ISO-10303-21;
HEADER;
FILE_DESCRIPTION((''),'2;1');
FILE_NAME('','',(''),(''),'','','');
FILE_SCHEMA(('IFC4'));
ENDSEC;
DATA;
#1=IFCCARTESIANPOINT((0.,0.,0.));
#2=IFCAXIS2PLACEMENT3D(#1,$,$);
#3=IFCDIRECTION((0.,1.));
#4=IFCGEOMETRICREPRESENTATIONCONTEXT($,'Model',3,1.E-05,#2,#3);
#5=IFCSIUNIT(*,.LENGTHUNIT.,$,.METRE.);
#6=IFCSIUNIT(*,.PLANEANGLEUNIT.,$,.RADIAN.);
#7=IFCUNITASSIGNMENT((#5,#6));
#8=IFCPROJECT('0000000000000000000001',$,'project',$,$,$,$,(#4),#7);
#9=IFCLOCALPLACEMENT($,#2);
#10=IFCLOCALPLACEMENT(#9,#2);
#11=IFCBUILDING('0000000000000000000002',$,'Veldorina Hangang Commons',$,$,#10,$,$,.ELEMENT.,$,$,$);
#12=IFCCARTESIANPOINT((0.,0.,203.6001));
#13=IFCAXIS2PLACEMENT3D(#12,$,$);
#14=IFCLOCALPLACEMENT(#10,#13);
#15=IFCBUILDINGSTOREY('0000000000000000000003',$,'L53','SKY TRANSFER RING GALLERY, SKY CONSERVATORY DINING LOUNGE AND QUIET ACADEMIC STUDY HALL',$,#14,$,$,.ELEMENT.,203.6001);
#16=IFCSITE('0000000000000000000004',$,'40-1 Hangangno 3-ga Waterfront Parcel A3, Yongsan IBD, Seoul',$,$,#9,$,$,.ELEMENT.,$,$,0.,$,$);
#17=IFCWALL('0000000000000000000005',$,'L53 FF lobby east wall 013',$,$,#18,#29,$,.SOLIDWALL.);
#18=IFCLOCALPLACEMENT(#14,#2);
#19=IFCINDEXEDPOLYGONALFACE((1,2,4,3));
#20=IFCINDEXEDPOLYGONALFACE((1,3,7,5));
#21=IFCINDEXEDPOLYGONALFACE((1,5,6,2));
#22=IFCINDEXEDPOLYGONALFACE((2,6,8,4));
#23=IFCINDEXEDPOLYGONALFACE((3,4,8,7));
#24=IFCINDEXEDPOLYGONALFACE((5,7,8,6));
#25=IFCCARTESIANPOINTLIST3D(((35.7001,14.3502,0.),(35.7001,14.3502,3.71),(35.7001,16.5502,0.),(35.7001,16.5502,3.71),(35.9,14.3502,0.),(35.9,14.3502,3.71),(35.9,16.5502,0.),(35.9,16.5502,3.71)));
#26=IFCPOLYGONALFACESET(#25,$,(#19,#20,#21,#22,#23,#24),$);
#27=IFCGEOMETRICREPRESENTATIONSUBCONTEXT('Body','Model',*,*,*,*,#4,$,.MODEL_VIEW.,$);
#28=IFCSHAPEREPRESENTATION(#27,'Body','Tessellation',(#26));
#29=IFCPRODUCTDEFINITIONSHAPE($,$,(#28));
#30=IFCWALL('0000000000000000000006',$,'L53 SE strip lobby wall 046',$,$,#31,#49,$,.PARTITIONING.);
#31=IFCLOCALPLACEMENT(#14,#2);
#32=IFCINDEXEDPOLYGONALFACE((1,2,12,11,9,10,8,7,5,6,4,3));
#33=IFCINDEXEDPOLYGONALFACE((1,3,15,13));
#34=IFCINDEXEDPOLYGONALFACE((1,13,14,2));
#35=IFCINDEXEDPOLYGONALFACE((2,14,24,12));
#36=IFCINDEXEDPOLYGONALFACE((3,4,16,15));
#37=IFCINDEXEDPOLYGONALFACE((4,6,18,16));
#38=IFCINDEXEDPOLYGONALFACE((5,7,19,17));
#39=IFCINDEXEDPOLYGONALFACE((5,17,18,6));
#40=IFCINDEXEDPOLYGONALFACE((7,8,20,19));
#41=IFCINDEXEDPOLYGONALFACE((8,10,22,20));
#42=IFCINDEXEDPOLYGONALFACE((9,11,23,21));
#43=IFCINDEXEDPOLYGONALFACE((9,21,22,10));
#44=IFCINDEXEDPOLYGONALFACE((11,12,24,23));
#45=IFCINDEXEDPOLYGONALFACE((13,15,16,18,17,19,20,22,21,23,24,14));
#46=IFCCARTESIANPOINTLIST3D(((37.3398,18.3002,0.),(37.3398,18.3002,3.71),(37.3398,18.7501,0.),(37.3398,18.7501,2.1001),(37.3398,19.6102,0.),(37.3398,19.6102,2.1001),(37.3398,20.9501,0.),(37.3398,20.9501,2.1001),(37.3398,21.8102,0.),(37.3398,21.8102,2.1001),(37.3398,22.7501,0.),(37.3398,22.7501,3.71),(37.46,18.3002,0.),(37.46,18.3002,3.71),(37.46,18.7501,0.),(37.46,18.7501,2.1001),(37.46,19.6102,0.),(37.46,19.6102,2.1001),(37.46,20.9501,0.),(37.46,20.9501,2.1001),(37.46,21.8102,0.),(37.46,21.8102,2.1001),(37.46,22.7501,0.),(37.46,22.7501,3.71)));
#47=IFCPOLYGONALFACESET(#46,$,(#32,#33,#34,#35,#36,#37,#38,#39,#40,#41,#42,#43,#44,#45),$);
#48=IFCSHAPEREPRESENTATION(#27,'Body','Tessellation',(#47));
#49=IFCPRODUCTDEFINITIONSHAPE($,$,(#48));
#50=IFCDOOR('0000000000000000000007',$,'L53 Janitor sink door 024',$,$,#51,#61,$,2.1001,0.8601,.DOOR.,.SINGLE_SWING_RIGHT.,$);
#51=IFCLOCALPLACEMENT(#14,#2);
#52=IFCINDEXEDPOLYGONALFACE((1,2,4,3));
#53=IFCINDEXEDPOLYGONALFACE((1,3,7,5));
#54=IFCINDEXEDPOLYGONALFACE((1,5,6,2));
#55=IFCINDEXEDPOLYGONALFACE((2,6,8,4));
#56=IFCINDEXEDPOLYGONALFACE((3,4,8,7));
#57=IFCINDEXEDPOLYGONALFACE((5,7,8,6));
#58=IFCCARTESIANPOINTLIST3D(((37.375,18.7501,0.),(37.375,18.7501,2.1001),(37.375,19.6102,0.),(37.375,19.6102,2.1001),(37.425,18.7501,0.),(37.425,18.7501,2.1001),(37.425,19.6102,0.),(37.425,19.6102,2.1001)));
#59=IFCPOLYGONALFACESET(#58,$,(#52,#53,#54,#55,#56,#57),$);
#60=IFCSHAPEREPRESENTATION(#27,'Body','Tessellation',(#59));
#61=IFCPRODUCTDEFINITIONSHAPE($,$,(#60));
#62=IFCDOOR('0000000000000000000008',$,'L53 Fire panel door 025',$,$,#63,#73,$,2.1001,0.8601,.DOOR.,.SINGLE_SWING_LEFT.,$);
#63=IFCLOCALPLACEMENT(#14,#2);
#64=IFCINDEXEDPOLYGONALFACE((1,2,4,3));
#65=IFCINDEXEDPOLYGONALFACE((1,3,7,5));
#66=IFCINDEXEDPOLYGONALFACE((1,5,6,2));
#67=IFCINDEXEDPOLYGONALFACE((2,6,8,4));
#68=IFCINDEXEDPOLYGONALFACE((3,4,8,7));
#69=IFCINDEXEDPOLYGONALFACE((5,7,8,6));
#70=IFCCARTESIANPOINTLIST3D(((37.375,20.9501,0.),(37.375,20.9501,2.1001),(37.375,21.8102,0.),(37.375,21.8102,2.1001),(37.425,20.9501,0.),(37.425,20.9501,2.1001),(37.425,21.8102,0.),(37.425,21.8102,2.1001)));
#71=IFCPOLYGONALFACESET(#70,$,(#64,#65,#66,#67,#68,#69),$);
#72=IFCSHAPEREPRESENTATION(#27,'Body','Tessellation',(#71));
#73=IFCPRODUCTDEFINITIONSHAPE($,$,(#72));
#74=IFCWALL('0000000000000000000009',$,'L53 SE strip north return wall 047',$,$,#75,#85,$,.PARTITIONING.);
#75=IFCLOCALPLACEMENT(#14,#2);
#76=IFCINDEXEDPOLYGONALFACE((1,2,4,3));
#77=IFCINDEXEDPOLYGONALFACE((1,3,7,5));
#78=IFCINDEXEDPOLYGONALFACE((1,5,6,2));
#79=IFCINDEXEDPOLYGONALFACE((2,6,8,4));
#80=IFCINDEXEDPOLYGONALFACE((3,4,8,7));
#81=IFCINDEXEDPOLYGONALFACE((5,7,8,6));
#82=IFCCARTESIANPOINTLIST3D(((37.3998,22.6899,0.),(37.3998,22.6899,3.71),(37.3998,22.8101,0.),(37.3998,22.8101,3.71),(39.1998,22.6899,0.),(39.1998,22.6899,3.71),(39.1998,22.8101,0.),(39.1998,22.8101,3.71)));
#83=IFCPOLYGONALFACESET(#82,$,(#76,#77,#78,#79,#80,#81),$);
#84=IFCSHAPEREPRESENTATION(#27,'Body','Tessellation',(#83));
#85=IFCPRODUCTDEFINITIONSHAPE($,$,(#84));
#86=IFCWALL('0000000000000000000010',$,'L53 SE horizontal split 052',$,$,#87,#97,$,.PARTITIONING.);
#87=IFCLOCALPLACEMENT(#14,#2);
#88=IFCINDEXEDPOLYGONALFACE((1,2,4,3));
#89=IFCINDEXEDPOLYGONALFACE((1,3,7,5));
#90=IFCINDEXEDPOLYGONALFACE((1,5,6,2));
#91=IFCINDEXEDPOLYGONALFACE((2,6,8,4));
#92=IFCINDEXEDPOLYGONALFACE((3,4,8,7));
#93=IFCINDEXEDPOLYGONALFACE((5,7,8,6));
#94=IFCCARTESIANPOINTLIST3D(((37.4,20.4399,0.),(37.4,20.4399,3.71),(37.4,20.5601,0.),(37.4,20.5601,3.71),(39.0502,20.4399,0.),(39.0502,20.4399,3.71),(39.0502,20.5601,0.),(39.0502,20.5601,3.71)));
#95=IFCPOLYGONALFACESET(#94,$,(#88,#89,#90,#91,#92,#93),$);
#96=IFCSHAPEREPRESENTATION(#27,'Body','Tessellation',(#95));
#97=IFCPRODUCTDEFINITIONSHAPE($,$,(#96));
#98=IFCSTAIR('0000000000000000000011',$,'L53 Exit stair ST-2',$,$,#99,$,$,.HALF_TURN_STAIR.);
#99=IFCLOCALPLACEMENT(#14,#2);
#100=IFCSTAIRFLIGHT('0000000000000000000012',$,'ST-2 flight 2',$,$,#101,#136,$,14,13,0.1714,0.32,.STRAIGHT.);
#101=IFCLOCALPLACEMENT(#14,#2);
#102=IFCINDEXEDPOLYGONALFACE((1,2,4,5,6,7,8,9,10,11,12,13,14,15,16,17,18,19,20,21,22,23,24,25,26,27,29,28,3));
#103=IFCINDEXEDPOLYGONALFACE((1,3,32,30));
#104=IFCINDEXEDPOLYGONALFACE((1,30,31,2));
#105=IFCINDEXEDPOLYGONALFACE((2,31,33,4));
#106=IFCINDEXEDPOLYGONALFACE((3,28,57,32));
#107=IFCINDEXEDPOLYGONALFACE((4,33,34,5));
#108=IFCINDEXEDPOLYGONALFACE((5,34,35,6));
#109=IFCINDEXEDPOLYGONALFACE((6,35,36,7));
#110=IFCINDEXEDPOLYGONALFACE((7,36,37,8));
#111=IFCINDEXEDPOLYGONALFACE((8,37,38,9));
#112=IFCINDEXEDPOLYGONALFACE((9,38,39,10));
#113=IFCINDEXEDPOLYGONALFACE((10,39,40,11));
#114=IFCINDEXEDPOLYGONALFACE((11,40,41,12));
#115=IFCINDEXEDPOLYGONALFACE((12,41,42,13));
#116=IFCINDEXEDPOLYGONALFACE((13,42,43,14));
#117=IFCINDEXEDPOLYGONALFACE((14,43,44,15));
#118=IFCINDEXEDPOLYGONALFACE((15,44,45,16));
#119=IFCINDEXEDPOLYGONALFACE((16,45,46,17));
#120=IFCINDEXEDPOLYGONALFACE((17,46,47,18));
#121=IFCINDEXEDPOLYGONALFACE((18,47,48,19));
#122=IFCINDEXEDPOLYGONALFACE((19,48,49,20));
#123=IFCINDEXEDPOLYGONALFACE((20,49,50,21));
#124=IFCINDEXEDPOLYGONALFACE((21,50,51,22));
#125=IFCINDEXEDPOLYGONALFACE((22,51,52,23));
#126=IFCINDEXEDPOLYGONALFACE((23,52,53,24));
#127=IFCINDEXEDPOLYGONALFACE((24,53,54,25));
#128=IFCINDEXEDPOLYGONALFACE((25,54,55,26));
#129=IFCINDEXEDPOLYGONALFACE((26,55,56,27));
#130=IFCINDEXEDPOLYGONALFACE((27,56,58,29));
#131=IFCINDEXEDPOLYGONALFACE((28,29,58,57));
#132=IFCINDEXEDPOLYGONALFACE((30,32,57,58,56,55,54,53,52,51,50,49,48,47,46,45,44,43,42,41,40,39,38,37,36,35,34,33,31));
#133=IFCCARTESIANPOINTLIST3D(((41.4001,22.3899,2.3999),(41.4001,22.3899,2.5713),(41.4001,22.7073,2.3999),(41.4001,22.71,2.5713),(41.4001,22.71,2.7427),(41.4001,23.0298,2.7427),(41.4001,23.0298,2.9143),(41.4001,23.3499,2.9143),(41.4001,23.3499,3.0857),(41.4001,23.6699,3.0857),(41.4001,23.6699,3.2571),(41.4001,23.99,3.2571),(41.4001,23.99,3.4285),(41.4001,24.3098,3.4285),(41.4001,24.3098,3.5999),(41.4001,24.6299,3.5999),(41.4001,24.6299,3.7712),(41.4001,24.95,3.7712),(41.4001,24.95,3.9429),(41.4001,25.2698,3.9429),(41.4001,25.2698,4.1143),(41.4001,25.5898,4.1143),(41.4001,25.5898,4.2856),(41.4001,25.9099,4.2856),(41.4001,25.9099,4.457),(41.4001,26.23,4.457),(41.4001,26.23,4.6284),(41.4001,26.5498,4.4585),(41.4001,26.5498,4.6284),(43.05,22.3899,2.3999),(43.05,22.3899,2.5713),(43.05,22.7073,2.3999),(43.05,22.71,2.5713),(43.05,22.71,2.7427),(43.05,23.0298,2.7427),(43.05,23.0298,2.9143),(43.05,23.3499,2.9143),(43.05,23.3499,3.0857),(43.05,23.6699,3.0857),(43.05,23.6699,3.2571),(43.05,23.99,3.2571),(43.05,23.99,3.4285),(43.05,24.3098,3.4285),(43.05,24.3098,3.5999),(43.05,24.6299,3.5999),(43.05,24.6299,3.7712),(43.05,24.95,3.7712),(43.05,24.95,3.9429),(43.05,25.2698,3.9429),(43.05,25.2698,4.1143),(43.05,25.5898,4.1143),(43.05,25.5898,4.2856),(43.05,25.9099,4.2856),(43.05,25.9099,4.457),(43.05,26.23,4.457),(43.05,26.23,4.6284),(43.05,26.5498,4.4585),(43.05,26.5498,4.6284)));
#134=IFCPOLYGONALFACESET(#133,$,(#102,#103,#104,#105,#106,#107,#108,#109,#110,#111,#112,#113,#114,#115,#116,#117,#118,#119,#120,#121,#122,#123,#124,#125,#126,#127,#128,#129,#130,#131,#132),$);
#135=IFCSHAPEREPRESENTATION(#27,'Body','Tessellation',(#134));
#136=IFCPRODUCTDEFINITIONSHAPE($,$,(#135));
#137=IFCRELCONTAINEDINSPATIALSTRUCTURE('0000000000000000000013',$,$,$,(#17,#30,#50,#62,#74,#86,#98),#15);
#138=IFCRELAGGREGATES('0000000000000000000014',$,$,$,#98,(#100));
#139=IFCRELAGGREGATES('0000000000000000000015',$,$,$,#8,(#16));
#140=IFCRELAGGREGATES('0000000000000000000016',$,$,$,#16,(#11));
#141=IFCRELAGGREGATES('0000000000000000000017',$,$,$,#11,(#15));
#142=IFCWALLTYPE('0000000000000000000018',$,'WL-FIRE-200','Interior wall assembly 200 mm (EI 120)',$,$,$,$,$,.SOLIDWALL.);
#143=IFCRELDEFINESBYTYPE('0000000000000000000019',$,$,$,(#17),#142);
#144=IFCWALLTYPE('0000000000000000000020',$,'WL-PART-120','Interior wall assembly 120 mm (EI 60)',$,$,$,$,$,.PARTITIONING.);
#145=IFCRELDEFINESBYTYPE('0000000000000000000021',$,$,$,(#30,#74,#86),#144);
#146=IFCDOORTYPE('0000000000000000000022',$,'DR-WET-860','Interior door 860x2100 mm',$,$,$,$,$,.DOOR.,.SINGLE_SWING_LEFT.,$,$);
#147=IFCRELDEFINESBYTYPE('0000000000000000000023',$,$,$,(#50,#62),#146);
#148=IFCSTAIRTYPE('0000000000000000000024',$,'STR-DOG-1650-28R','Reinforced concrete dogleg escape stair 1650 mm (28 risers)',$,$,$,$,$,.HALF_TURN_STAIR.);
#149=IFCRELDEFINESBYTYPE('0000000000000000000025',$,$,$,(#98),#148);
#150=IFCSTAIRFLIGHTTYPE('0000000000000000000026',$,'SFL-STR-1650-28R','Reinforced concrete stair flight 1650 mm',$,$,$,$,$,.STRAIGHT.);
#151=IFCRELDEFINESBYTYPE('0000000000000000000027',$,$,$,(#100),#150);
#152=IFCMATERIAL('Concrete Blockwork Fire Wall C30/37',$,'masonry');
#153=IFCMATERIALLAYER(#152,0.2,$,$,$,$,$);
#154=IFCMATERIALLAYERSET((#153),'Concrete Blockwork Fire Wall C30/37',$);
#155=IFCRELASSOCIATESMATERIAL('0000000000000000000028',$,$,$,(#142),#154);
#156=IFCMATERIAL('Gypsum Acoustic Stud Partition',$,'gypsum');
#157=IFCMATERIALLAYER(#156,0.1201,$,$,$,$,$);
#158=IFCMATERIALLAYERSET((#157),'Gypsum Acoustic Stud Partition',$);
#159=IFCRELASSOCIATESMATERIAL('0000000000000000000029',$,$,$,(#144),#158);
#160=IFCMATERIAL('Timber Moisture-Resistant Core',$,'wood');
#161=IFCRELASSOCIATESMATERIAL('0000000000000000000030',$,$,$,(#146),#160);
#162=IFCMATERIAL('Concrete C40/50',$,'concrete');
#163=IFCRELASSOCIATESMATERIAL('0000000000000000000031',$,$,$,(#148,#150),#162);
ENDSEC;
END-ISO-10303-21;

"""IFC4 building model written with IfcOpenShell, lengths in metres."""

from ifc_helpers import new_model, si_unit, direction, frame, frame_2d, origin, place, context, subcontext, project, spatial, polyline, rectangle, outline, extrude, material, layer, layer_set, type_object, element, fill, aggregate, save


model = new_model("IFC4")

# Units and contexts
model_context = context("Model", 3, precision=1e-05, world=origin(), true_north=direction((0.0, 1.0)))
body_context = subcontext(model_context, "Body", "Model", "MODEL_VIEW")
ifc_project = project(units=[si_unit("LENGTHUNIT", "METRE"), si_unit("PLANEANGLEUNIT", "RADIAN")], contexts=[model_context])

# Site, building, storey
site_placement = place(None, origin())
site = spatial("IfcSite", under=ifc_project, at=site_placement, Name="40-1 Hangangno 3-ga Waterfront Parcel A3, Yongsan IBD, Seoul", CompositionType="ELEMENT", RefElevation=0.0)
building_placement = place(site_placement, origin())
building = spatial("IfcBuilding", under=site, at=building_placement, Name="Veldorina Hangang Commons", CompositionType="ELEMENT")
storey_placement = place(building_placement, frame((0.0, 0.0, 203.6001)))
storey = spatial("IfcBuildingStorey", under=building, at=storey_placement, Name="L53", Description="SKY TRANSFER RING GALLERY, SKY CONSERVATORY DINING LOUNGE AND QUIET ACADEMIC STUDY HALL", CompositionType="ELEMENT", Elevation=203.6001)

# Wall
ifc_material_1 = material(Name="Concrete Blockwork Fire Wall C30/37", Category="masonry")
ifc_layer_1 = layer(ifc_material_1, 0.2)
ifc_layer_set_1 = layer_set([ifc_layer_1], Name="Concrete Blockwork Fire Wall C30/37")
wall_type_1 = type_object("IfcWallType", Name="WL-FIRE-200", Description="Interior wall assembly 200 mm (EI 120)", PredefinedType="SOLIDWALL", material=ifc_layer_set_1)
wall_1_placement = place(storey_placement, frame((35.8, 14.3501, 0.0), z_axis=(0.0, 0.0, 1.0), x_axis=(0.0, 1.0, 0.0)))
element("IfcWall", 1, at=wall_1_placement, inside=storey, type_object=wall_type_1, Name="L53 FF lobby east wall 013", PredefinedType="SOLIDWALL", context=body_context, shape_type="SweptSolid", body=[
    extrude(rectangle(XDim=2.2, YDim=0.2, at=frame_2d((1.1001, 0.0))), origin(), (0.0, 0.0, 1.0), 3.71),
])

# Wall, openings, doors
ifc_material_2 = material(Name="Gypsum Acoustic Stud Partition", Category="gypsum")
ifc_layer_2 = layer(ifc_material_2, 0.1201)
ifc_layer_set_2 = layer_set([ifc_layer_2], Name="Gypsum Acoustic Stud Partition")
wall_type_2 = type_object("IfcWallType", Name="WL-PART-120", Description="Interior wall assembly 120 mm (EI 60)", PredefinedType="PARTITIONING", material=ifc_layer_set_2)
wall_2_placement = place(storey_placement, frame((37.3999, 18.3, 0.0), z_axis=(0.0, 0.0, 1.0), x_axis=(0.0, 1.0, 0.0)))
wall_2 = element("IfcWall", 2, at=wall_2_placement, inside=storey, type_object=wall_type_2, Name="L53 SE strip lobby wall 046", PredefinedType="PARTITIONING", context=body_context, shape_type="SweptSolid", body=[
    extrude(rectangle(XDim=4.45, YDim=0.1201, at=frame_2d((2.2251, 0.0))), origin(), (0.0, 0.0, 1.0), 3.71),
])
opening_1_placement = place(wall_2_placement, frame((0.45, 0.0, 0.0)))
opening_1 = element("IfcOpeningElement", 3, at=opening_1_placement, cuts=wall_2, PredefinedType="OPENING", context=body_context, shape_type="SweptSolid", body=[
    extrude(rectangle(XDim=0.8601, YDim=2.1001, at=frame_2d((0.4302, 1.05))), frame((0.0, 0.0701, 0.0), z_axis=(0.0, -1.0, 0.0), x_axis=(1.0, 0.0, 0.0)), (0.0, 0.0, 1.0), 0.1401),
])
opening_2_placement = place(wall_2_placement, frame((2.6499, 0.0, 0.0)))
opening_2 = element("IfcOpeningElement", 4, at=opening_2_placement, cuts=wall_2, PredefinedType="OPENING", context=body_context, shape_type="SweptSolid", body=[
    extrude(rectangle(XDim=0.8601, YDim=2.1001, at=frame_2d((0.4302, 1.05))), frame((0.0, 0.0701, 0.0), z_axis=(0.0, -1.0, 0.0), x_axis=(1.0, 0.0, 0.0)), (0.0, 0.0, 1.0), 0.1401),
])
ifc_material_3 = material(Name="Timber Moisture-Resistant Core", Category="wood")
door_type_1 = type_object("IfcDoorType", Name="DR-WET-860", Description="Interior door 860x2100 mm", OperationType="SINGLE_SWING_LEFT", PredefinedType="DOOR", material=ifc_material_3)
door_1_placement = place(opening_1_placement, origin())
door_1 = element("IfcDoor", 5, at=door_1_placement, inside=storey, type_object=door_type_1, Name="L53 Janitor sink door 024", OperationType="SINGLE_SWING_RIGHT", OverallHeight=2.1001, OverallWidth=0.8601, PredefinedType="DOOR", context=body_context, shape_type="SweptSolid", body=[
    extrude(rectangle(XDim=0.8601, YDim=2.1001, at=frame_2d((0.4302, 1.05))), frame((0.0, 0.0249, 0.0), z_axis=(0.0, -1.0, 0.0), x_axis=(1.0, 0.0, 0.0)), (0.0, 0.0, 1.0), 0.05),
])
fill(opening_1, door_1)
door_2_placement = place(opening_2_placement, origin())
door_2 = element("IfcDoor", 6, at=door_2_placement, inside=storey, type_object=door_type_1, Name="L53 Fire panel door 025", OperationType="SINGLE_SWING_LEFT", OverallHeight=2.1001, OverallWidth=0.8601, PredefinedType="DOOR", context=body_context, shape_type="SweptSolid", body=[
    extrude(rectangle(XDim=0.8601, YDim=2.1001, at=frame_2d((0.4302, 1.05))), frame((0.0, 0.0249, 0.0), z_axis=(0.0, -1.0, 0.0), x_axis=(1.0, 0.0, 0.0)), (0.0, 0.0, 1.0), 0.05),
])
fill(opening_2, door_2)

# Walls
wall_3_placement = place(storey_placement, frame((37.3999, 22.75, 0.0), z_axis=(0.0, 0.0, 1.0), x_axis=(1.0, 0.0, 0.0)))
element("IfcWall", 7, at=wall_3_placement, inside=storey, type_object=wall_type_2, Name="L53 SE strip north return wall 047", PredefinedType="PARTITIONING", context=body_context, shape_type="SweptSolid", body=[
    extrude(rectangle(XDim=1.8, YDim=0.1201, at=frame_2d((0.8999, 0.0))), origin(), (0.0, 0.0, 1.0), 3.71),
])
wall_4_placement = place(storey_placement, frame((37.3999, 20.5, 0.0), z_axis=(0.0, 0.0, 1.0), x_axis=(1.0, 0.0, 0.0)))
element("IfcWall", 8, at=wall_4_placement, inside=storey, type_object=wall_type_2, Name="L53 SE horizontal split 052", PredefinedType="PARTITIONING", context=body_context, shape_type="SweptSolid", body=[
    extrude(rectangle(XDim=1.6501, YDim=0.1201, at=frame_2d((0.8252, 0.0))), origin(), (0.0, 0.0, 1.0), 3.71),
])

# Stair, stair flight
ifc_material_4 = material(Name="Concrete C40/50", Category="concrete")
stair_type = type_object("IfcStairType", Name="STR-DOG-1650-28R", Description="Reinforced concrete dogleg escape stair 1650 mm (28 risers)", PredefinedType="HALF_TURN_STAIR", material=ifc_material_4)
stair_placement = place(storey_placement, origin())
stair = element("IfcStair", 9, at=stair_placement, inside=storey, type_object=stair_type, Name="L53 Exit stair ST-2", PredefinedType="HALF_TURN_STAIR")
stair_flight_type = type_object("IfcStairFlightType", Name="SFL-STR-1650-28R", Description="Reinforced concrete stair flight 1650 mm", PredefinedType="STRAIGHT", material=ifc_material_4)
stair_flight_placement = place(storey_placement, frame((42.2251, 22.3899, 2.3999), z_axis=(0.0, 0.0, 1.0), x_axis=(0.0, 1.0, 0.0)))
stair_flight = element("IfcStairFlight", 10, at=stair_flight_placement, type_object=stair_flight_type, Name="ST-2 flight 2", NumberOfRisers=14, NumberOfTreads=13, PredefinedType="STRAIGHT", RiserHeight=0.1714, TreadLength=0.32, context=body_context, shape_type="SweptSolid", body=[
    extrude(outline(polyline([(0.0, 0.0), (0.0, 0.1714), (0.3201, 0.1714), (0.3201, 0.3428), (0.6399, 0.3428), (0.6399, 0.5144), (0.96, 0.5144), (0.96, 0.6858), (1.28, 0.6858), (1.28, 0.8572), (1.6001, 0.8572), (1.6001, 1.0286), (1.9199, 1.0286), (1.9199, 1.2), (2.24, 1.2), (2.24, 1.3713), (2.5601, 1.3713), (2.5601, 1.543), (2.8799, 1.543), (2.8799, 1.7144), (3.2, 1.7144), (3.2, 1.8857), (3.52, 1.8857), (3.52, 2.0571), (3.8401, 2.0571), (3.8401, 2.2285), (4.1599, 2.2285), (4.1599, 2.3999), (4.1599, 2.0586), (0.3174, 0.0), (0.0, 0.0)])), frame((0.0, 0.825, 0.0), z_axis=(0.0, -1.0, 0.0), x_axis=(1.0, 0.0, 0.0)), (0.0, 0.0, 1.0), 1.6499),
])
aggregate(stair, [stair_flight])

save(model, "model.ifc")
